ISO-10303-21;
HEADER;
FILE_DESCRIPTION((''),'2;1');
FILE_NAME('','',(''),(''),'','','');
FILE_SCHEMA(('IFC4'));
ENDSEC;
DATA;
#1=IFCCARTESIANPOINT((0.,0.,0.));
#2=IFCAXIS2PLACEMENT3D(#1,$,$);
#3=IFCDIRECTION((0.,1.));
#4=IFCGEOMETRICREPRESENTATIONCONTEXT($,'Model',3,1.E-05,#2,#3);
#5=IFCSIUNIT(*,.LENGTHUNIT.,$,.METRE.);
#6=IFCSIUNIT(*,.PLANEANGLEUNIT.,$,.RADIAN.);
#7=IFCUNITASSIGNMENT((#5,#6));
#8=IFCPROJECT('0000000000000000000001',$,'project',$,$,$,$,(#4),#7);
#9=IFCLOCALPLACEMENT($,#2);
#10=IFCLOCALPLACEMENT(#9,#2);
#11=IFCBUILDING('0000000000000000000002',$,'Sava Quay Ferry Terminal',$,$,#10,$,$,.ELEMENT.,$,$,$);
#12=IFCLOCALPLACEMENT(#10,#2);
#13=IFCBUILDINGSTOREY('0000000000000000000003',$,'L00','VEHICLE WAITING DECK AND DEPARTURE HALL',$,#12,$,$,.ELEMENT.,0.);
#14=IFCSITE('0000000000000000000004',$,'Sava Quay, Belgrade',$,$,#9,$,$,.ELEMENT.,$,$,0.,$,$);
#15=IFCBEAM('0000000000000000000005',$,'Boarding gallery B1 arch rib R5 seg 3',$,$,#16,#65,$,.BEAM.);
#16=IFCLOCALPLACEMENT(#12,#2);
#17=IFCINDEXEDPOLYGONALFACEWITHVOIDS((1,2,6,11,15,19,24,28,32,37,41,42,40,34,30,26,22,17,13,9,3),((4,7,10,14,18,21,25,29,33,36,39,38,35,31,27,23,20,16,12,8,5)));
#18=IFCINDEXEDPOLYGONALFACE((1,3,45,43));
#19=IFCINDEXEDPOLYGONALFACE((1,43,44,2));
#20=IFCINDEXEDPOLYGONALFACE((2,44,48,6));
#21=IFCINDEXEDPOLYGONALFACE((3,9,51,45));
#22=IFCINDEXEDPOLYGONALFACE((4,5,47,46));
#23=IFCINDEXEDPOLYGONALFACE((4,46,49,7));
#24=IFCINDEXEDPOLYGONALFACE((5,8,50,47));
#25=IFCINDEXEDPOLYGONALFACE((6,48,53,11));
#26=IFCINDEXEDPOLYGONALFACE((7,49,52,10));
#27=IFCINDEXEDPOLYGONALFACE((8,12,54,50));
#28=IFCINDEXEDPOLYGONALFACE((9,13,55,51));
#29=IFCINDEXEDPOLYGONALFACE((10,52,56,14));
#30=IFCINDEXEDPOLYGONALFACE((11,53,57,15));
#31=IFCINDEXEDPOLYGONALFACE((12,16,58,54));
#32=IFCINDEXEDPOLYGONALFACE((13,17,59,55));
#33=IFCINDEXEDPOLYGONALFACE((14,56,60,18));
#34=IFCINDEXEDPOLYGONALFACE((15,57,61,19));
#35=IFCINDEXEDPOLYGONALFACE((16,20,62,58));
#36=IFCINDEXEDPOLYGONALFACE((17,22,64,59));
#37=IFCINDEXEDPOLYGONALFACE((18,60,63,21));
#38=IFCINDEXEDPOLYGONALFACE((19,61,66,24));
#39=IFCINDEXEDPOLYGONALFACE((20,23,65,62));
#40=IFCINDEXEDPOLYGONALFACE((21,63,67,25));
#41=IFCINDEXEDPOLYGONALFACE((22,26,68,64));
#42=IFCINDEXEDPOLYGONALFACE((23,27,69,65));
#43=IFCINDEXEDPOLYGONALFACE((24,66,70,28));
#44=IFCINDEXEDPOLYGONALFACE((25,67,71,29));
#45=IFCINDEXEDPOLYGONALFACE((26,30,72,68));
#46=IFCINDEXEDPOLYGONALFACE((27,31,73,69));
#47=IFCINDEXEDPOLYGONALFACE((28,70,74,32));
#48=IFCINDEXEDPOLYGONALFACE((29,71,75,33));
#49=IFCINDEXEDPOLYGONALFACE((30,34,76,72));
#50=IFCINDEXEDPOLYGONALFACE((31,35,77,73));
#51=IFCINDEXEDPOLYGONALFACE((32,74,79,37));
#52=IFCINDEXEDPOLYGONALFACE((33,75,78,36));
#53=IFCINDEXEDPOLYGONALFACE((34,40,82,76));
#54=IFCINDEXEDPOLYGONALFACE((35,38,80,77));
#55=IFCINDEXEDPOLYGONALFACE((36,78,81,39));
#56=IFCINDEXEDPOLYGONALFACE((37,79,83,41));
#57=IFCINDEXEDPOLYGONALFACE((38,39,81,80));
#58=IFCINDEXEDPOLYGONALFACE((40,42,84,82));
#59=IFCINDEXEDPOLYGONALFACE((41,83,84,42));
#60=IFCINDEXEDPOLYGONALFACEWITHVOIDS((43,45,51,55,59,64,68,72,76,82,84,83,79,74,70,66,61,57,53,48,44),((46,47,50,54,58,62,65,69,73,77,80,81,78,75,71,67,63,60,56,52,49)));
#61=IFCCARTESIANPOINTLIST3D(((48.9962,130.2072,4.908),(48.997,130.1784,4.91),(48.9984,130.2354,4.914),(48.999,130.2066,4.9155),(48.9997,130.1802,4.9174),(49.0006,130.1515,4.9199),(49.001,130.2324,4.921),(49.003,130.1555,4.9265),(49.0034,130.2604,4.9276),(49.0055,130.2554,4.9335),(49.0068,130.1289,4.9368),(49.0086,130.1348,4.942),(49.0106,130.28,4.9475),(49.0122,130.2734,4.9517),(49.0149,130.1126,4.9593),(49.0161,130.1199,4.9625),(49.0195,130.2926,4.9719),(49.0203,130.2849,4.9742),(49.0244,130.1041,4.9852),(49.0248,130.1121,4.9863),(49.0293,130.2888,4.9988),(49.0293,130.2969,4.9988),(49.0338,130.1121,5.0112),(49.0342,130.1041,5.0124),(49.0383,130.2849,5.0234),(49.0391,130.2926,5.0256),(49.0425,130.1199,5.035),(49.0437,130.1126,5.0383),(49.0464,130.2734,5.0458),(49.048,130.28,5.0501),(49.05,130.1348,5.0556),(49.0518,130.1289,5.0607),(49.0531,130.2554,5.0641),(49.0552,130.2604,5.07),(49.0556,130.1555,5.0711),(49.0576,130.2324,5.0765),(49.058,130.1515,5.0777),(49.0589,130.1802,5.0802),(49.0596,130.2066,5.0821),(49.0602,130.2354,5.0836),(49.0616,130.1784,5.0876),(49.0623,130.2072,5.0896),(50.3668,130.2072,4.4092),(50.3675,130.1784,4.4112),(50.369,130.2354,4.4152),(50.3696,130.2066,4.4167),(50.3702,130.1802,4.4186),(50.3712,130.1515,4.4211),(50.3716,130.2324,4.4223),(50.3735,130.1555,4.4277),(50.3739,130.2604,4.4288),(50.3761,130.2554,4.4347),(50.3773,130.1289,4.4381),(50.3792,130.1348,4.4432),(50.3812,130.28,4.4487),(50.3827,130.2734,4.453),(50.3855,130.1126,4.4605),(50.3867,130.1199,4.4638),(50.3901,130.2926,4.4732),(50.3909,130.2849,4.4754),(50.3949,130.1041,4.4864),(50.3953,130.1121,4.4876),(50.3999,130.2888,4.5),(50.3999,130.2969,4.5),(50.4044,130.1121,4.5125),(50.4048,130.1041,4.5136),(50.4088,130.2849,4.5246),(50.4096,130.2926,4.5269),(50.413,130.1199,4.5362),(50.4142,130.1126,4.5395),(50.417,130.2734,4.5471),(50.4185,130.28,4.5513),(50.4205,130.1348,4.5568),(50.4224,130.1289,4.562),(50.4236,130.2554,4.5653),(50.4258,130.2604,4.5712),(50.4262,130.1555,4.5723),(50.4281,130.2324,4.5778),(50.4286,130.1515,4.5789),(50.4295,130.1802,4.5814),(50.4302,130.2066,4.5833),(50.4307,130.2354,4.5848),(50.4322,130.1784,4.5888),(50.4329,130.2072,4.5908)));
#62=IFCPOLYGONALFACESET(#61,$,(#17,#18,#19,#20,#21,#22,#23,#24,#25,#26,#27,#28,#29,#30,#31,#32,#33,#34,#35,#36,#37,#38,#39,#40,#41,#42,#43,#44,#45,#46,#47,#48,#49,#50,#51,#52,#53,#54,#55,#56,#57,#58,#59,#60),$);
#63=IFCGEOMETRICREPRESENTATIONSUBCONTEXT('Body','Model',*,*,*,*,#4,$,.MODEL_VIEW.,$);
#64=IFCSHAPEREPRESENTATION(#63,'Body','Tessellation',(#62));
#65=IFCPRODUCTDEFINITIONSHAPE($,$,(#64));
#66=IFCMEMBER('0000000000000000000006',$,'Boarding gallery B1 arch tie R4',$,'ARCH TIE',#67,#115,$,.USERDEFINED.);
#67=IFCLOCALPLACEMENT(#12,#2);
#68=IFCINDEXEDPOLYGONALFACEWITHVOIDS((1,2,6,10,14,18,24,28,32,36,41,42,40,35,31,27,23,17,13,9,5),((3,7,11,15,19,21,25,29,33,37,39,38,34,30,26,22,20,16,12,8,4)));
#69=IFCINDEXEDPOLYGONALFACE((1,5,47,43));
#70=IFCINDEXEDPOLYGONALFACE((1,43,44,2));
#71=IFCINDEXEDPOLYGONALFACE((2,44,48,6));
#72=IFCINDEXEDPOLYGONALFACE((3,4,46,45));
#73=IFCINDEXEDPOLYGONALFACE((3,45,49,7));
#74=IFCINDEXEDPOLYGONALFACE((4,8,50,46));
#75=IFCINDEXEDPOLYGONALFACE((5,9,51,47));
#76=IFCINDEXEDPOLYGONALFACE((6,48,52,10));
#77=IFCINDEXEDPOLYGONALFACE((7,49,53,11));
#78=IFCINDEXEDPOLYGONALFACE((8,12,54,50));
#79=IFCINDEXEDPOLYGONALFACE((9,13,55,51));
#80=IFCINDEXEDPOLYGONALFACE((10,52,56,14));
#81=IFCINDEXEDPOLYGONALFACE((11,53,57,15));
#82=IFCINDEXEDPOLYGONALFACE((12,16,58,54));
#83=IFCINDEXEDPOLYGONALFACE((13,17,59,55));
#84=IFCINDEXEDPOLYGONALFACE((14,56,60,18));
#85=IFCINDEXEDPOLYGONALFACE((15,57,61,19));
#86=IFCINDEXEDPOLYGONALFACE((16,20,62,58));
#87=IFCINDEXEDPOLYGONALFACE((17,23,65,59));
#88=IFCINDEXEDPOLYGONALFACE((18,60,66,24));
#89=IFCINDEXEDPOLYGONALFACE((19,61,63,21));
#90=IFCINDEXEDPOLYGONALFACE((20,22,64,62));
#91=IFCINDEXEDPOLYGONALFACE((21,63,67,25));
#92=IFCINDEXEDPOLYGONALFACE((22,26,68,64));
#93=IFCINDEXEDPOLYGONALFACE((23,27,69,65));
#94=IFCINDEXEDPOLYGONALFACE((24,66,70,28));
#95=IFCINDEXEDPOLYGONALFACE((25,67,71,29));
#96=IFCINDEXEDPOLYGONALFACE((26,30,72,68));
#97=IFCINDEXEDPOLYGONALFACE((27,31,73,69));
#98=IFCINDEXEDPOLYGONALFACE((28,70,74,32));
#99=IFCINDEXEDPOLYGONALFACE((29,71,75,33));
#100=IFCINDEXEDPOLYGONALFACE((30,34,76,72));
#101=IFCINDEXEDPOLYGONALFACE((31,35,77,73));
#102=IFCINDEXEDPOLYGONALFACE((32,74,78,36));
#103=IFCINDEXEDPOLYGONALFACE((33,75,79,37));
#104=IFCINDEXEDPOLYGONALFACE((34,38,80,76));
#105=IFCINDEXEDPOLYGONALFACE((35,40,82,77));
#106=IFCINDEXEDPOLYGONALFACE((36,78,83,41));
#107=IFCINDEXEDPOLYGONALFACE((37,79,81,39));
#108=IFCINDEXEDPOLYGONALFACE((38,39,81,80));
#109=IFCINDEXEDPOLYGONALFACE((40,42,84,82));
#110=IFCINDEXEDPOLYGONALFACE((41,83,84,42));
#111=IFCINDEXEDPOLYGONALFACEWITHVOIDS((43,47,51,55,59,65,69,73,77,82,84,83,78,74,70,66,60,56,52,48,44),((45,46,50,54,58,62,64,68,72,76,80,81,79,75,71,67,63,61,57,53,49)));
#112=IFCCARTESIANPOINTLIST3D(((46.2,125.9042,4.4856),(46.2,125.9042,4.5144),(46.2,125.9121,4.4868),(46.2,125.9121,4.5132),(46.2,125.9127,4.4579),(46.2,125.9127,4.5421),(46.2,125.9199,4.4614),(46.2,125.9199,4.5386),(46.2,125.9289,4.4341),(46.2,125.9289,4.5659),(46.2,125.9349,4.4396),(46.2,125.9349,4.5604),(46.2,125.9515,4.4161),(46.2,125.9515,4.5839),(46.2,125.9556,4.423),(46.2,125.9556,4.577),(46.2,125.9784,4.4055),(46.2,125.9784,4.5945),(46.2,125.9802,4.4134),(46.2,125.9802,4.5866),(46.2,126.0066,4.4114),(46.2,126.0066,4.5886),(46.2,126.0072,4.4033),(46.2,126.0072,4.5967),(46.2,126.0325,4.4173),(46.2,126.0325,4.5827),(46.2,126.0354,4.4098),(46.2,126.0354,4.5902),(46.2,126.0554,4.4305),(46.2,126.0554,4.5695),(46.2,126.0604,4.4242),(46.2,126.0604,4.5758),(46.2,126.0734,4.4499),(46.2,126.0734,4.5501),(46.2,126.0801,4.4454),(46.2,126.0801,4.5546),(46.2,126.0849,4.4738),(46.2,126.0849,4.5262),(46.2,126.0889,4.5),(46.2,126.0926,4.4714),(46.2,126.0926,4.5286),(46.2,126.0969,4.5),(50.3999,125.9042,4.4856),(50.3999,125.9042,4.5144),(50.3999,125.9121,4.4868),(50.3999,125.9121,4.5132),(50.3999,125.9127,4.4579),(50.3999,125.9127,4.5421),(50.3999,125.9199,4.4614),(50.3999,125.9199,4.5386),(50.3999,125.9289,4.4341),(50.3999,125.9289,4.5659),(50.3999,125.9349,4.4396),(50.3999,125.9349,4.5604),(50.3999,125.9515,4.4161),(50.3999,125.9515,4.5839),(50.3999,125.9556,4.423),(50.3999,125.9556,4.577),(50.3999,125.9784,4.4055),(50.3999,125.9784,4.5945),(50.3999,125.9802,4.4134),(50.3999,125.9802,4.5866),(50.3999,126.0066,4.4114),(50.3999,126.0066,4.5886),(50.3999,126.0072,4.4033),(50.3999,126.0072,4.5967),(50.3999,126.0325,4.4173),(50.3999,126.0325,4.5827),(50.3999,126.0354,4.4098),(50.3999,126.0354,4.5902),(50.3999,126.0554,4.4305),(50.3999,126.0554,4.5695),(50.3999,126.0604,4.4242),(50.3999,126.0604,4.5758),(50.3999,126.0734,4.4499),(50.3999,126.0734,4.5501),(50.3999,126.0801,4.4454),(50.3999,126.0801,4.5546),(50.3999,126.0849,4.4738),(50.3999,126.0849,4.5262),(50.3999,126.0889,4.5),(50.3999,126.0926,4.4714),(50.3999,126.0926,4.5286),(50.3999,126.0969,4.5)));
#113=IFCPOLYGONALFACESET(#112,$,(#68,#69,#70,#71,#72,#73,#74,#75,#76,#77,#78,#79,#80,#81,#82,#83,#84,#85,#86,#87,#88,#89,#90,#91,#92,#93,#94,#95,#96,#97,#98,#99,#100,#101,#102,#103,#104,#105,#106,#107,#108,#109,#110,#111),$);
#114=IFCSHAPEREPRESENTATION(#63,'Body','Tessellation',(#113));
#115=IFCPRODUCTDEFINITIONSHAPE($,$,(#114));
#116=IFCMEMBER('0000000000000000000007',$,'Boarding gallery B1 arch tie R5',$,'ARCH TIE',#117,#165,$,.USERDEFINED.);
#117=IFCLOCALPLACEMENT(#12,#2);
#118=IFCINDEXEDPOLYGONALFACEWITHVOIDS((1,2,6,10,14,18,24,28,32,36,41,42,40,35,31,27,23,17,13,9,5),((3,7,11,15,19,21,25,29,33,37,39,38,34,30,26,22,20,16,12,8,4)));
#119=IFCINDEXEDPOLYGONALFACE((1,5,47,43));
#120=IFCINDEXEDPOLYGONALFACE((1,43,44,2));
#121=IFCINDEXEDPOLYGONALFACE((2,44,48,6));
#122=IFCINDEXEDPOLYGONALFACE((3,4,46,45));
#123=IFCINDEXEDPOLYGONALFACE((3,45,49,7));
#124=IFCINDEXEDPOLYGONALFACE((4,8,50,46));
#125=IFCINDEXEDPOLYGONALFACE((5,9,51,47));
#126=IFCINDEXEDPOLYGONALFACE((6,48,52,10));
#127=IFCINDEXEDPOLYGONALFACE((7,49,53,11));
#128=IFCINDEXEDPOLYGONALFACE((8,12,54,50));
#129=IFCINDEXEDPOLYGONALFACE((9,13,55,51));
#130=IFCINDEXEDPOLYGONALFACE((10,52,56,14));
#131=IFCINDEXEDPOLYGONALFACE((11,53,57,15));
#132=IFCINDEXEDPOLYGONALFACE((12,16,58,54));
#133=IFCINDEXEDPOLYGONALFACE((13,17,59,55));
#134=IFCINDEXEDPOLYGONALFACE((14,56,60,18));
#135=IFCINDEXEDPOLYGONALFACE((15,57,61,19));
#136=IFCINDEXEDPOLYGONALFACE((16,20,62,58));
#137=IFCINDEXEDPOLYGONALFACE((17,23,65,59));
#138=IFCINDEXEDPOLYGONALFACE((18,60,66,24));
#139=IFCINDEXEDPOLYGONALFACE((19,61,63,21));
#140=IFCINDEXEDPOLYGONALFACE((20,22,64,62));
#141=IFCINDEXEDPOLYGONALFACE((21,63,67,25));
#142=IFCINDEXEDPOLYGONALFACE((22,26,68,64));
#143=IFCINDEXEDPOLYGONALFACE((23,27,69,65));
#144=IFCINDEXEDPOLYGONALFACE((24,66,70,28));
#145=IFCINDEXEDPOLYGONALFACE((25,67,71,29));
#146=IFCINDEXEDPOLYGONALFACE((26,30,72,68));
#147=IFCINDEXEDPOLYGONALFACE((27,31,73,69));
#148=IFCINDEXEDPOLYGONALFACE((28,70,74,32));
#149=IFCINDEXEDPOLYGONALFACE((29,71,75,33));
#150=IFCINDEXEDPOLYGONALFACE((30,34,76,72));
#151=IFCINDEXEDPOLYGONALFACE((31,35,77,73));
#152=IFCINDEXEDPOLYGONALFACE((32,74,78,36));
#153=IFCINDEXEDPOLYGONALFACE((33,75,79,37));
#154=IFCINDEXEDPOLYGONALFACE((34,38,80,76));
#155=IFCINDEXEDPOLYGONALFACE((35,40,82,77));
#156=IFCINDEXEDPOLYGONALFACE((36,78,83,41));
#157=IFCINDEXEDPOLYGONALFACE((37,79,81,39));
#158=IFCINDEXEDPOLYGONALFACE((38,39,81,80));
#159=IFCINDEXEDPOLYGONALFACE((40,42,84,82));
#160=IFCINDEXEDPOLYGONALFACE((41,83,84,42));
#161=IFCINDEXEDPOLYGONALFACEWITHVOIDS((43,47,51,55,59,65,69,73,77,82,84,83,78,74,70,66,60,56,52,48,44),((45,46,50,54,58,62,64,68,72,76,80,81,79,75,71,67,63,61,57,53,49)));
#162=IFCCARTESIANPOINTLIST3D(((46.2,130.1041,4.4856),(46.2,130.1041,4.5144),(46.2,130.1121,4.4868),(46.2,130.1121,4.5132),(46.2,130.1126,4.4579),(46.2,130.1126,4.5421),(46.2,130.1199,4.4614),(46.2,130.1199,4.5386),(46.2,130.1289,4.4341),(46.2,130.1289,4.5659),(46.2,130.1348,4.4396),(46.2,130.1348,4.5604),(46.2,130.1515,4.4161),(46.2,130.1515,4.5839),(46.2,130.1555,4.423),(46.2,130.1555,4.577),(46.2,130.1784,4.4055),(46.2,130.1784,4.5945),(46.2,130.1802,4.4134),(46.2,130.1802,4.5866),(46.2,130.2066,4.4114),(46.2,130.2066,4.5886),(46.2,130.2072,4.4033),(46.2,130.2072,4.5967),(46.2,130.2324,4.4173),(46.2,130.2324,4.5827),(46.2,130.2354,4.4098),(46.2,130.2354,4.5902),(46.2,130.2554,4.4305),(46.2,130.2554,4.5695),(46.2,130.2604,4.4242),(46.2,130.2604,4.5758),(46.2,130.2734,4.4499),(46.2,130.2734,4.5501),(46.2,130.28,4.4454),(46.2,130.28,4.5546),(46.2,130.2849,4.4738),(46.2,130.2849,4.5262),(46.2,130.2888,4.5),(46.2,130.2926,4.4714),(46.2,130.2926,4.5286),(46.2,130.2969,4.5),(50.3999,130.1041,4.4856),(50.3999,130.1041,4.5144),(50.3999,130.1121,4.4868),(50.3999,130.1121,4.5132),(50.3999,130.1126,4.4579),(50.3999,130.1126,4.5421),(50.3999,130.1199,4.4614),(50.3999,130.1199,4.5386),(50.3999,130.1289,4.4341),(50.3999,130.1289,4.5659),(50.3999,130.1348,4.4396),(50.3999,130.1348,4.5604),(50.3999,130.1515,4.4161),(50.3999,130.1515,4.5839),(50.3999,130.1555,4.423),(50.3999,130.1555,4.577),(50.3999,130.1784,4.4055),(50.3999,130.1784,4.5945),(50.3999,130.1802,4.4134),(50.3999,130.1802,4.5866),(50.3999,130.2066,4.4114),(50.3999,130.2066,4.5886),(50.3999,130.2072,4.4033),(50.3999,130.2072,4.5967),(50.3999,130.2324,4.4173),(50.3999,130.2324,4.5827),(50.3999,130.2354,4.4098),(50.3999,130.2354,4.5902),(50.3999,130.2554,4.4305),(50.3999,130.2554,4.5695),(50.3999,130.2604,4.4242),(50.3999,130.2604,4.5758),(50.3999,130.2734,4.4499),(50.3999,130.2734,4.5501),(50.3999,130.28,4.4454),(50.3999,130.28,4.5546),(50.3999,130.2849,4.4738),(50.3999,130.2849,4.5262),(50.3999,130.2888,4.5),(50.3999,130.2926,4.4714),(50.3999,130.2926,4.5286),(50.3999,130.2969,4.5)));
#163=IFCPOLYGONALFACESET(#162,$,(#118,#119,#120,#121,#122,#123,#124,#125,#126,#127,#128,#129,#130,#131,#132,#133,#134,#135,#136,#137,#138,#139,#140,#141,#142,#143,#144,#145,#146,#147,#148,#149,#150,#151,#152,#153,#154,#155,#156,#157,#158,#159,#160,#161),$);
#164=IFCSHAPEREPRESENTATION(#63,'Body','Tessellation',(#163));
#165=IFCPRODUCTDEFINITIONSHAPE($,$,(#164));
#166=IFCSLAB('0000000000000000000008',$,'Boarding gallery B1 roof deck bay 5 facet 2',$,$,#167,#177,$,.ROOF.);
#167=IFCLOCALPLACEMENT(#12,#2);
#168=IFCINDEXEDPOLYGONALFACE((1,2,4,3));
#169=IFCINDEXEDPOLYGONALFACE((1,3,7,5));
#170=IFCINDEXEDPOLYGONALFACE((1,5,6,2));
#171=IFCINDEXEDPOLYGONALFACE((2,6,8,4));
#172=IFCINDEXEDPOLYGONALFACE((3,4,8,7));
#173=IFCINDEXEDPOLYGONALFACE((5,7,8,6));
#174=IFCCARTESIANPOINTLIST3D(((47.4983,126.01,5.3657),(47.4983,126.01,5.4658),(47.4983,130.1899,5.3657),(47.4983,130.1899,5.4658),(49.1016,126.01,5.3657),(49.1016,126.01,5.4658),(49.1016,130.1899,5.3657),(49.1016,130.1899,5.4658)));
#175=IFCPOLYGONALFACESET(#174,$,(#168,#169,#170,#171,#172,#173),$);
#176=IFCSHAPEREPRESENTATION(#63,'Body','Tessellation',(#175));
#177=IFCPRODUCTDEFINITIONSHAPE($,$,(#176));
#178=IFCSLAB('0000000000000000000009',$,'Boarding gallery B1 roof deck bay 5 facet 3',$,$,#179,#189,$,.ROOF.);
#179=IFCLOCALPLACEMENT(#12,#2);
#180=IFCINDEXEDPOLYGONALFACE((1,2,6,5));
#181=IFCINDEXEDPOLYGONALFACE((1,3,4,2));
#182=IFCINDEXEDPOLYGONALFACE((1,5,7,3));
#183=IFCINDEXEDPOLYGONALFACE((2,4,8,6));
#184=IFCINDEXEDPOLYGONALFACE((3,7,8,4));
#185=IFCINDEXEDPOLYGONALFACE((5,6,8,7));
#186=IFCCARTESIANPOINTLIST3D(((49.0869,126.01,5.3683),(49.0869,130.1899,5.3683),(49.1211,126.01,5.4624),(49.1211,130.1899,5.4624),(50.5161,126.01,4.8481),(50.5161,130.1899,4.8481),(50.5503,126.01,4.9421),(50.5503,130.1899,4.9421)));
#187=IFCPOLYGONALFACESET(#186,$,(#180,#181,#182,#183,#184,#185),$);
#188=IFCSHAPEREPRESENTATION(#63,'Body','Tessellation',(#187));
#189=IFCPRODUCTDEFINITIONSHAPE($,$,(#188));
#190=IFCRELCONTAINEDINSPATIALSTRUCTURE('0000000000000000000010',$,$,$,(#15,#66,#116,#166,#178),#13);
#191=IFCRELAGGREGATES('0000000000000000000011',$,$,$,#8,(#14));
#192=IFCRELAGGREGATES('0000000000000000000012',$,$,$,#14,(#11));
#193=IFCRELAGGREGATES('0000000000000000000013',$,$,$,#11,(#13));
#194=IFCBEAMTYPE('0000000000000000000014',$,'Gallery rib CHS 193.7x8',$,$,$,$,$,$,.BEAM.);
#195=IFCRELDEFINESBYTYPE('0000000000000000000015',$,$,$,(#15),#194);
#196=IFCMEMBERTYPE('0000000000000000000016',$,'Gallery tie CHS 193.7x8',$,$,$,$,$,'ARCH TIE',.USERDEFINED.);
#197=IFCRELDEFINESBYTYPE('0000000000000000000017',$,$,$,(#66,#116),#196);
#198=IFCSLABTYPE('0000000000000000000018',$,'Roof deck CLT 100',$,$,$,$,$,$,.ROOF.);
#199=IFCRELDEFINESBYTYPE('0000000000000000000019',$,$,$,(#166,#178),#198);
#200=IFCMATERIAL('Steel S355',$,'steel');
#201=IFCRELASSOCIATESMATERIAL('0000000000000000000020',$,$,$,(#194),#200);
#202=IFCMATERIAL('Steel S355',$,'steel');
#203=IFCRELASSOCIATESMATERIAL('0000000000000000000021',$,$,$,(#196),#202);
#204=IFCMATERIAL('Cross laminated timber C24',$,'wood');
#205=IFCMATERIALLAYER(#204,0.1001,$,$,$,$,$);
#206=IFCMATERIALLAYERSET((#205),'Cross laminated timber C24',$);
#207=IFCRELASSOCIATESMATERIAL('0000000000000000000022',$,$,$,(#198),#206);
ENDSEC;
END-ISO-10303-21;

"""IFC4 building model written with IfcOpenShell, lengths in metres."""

from ifc_helpers import new_model, si_unit, direction, frame, origin, origin_2d, place, context, subcontext, project, spatial, polyline, hollow_circle, outline, extrude, material, layer, layer_set, material_profile, profile_set, type_object, element, save


model = new_model("IFC4")

# Units and contexts
model_context = context("Model", 3, precision=1e-05, world=origin(), true_north=direction((0.0, 1.0)))
body_context = subcontext(model_context, "Body", "Model", "MODEL_VIEW")
ifc_project = project(units=[si_unit("LENGTHUNIT", "METRE"), si_unit("PLANEANGLEUNIT", "RADIAN")], contexts=[model_context])

# Site, building, storey
site_placement = place(None, origin())
site = spatial("IfcSite", under=ifc_project, at=site_placement, Name="Sava Quay, Belgrade", CompositionType="ELEMENT", RefElevation=0.0)
building_placement = place(site_placement, origin())
building = spatial("IfcBuilding", under=site, at=building_placement, Name="Sava Quay Ferry Terminal", CompositionType="ELEMENT")
storey_placement = place(building_placement, origin())
storey = spatial("IfcBuildingStorey", under=building, at=storey_placement, Name="L00", Description="VEHICLE WAITING DECK AND DEPARTURE HALL", CompositionType="ELEMENT", Elevation=0.0)

# Beam
ifc_material_1 = material(Name="Steel S355", Category="steel")
ifc_material_profile_1 = material_profile(ifc_material_1, hollow_circle(Radius=0.0969, WallThickness=0.0081, at=origin_2d()), Name="CHS 193.7 x 8.0")
ifc_profile_set_1 = profile_set([ifc_material_profile_1], Name="Steel S355")
beam_type_1 = type_object("IfcBeamType", Name="Gallery rib CHS 193.7x8", PredefinedType="BEAM", material=ifc_profile_set_1)
beam_1_placement = place(storey_placement, frame((49.0293, 130.2, 4.9988), z_axis=(0.93971, 0.0, -0.341972), x_axis=(0.0, 1.0, 0.0)))
element("IfcBeam", 1, at=beam_1_placement, inside=storey, type_object=beam_type_1, Name="Boarding gallery B1 arch rib R5 seg 3", PredefinedType="BEAM", context=body_context, shape_type="SweptSolid", body=[
    extrude(hollow_circle(Radius=0.0969, WallThickness=0.0081, at=origin_2d()), origin(), (0.0, 0.0, 1.0), 1.4585),
])

# Members
ifc_material_2 = material(Name="Steel S355", Category="steel")
ifc_material_profile_2 = material_profile(ifc_material_2, hollow_circle(Radius=0.0969, WallThickness=0.0081, at=origin_2d()), Name="CHS 193.7 x 8.0")
ifc_profile_set_2 = profile_set([ifc_material_profile_2], Name="Steel S355")
member_type_1 = type_object("IfcMemberType", Name="Gallery tie CHS 193.7x8", ElementType="ARCH TIE", PredefinedType="USERDEFINED", material=ifc_profile_set_2)
for number, where, z_axis, x_axis, name in (
    (2, (46.2, 126.0, 4.5), (1.0, 0.0, 0.0), (0.0, 1.0, 0.0), "Boarding gallery B1 arch tie R4"),
    (3, (46.2, 130.2, 4.5), (1.0, 0.0, 0.0), (0.0, 1.0, 0.0), "Boarding gallery B1 arch tie R5"),
):
    element("IfcMember", number, at=place(storey_placement, frame(where, z_axis=z_axis, x_axis=x_axis)), inside=storey, type_object=member_type_1, Name=name, ObjectType="ARCH TIE", PredefinedType="USERDEFINED", context=body_context, shape_type="SweptSolid", body=[
        extrude(hollow_circle(Radius=0.0969, WallThickness=0.0081, at=origin_2d()), origin(), (0.0, 0.0, 1.0), 4.2),
    ])

# Slabs
ifc_material_3 = material(Name="Cross laminated timber C24", Category="wood")
ifc_layer_1 = layer(ifc_material_3, 0.1001)
ifc_layer_set_1 = layer_set([ifc_layer_1], Name="Cross laminated timber C24")
slab_type = type_object("IfcSlabType", Name="Roof deck CLT 100", PredefinedType="ROOF", material=ifc_layer_set_1)
slab_1_placement = place(storey_placement, frame((47.4983, 126.01, 5.4658), z_axis=(0.0, 0.0, 1.0), x_axis=(1.0, 0.0, 0.0)))
element("IfcSlab", 4, at=slab_1_placement, inside=storey, type_object=slab_type, Name="Boarding gallery B1 roof deck bay 5 facet 2", PredefinedType="ROOF", context=body_context, shape_type="SweptSolid", body=[
    extrude(outline(polyline([(0.0, 0.0), (1.6033, 0.0), (1.6033, 4.1799), (0.0, 4.1799), (0.0, 0.0)])), origin(), (0.0, 0.0, -1.0), 0.1001),
])
slab_2_placement = place(storey_placement, frame((49.1211, 126.01, 5.4624), z_axis=(0.342065, 0.0, 0.939676), x_axis=(0.939676, 0.0, -0.342065)))
element("IfcSlab", 5, at=slab_2_placement, inside=storey, type_object=slab_type, Name="Boarding gallery B1 roof deck bay 5 facet 3", PredefinedType="ROOF", context=body_context, shape_type="SweptSolid", body=[
    extrude(outline(polyline([(0.0, 0.0), (1.5209, 0.0), (1.5209, 4.1799), (0.0, 4.1799), (0.0, 0.0)])), origin(), (0.0, 0.0, -1.0), 0.1001),
])

save(model, "model.ifc")
